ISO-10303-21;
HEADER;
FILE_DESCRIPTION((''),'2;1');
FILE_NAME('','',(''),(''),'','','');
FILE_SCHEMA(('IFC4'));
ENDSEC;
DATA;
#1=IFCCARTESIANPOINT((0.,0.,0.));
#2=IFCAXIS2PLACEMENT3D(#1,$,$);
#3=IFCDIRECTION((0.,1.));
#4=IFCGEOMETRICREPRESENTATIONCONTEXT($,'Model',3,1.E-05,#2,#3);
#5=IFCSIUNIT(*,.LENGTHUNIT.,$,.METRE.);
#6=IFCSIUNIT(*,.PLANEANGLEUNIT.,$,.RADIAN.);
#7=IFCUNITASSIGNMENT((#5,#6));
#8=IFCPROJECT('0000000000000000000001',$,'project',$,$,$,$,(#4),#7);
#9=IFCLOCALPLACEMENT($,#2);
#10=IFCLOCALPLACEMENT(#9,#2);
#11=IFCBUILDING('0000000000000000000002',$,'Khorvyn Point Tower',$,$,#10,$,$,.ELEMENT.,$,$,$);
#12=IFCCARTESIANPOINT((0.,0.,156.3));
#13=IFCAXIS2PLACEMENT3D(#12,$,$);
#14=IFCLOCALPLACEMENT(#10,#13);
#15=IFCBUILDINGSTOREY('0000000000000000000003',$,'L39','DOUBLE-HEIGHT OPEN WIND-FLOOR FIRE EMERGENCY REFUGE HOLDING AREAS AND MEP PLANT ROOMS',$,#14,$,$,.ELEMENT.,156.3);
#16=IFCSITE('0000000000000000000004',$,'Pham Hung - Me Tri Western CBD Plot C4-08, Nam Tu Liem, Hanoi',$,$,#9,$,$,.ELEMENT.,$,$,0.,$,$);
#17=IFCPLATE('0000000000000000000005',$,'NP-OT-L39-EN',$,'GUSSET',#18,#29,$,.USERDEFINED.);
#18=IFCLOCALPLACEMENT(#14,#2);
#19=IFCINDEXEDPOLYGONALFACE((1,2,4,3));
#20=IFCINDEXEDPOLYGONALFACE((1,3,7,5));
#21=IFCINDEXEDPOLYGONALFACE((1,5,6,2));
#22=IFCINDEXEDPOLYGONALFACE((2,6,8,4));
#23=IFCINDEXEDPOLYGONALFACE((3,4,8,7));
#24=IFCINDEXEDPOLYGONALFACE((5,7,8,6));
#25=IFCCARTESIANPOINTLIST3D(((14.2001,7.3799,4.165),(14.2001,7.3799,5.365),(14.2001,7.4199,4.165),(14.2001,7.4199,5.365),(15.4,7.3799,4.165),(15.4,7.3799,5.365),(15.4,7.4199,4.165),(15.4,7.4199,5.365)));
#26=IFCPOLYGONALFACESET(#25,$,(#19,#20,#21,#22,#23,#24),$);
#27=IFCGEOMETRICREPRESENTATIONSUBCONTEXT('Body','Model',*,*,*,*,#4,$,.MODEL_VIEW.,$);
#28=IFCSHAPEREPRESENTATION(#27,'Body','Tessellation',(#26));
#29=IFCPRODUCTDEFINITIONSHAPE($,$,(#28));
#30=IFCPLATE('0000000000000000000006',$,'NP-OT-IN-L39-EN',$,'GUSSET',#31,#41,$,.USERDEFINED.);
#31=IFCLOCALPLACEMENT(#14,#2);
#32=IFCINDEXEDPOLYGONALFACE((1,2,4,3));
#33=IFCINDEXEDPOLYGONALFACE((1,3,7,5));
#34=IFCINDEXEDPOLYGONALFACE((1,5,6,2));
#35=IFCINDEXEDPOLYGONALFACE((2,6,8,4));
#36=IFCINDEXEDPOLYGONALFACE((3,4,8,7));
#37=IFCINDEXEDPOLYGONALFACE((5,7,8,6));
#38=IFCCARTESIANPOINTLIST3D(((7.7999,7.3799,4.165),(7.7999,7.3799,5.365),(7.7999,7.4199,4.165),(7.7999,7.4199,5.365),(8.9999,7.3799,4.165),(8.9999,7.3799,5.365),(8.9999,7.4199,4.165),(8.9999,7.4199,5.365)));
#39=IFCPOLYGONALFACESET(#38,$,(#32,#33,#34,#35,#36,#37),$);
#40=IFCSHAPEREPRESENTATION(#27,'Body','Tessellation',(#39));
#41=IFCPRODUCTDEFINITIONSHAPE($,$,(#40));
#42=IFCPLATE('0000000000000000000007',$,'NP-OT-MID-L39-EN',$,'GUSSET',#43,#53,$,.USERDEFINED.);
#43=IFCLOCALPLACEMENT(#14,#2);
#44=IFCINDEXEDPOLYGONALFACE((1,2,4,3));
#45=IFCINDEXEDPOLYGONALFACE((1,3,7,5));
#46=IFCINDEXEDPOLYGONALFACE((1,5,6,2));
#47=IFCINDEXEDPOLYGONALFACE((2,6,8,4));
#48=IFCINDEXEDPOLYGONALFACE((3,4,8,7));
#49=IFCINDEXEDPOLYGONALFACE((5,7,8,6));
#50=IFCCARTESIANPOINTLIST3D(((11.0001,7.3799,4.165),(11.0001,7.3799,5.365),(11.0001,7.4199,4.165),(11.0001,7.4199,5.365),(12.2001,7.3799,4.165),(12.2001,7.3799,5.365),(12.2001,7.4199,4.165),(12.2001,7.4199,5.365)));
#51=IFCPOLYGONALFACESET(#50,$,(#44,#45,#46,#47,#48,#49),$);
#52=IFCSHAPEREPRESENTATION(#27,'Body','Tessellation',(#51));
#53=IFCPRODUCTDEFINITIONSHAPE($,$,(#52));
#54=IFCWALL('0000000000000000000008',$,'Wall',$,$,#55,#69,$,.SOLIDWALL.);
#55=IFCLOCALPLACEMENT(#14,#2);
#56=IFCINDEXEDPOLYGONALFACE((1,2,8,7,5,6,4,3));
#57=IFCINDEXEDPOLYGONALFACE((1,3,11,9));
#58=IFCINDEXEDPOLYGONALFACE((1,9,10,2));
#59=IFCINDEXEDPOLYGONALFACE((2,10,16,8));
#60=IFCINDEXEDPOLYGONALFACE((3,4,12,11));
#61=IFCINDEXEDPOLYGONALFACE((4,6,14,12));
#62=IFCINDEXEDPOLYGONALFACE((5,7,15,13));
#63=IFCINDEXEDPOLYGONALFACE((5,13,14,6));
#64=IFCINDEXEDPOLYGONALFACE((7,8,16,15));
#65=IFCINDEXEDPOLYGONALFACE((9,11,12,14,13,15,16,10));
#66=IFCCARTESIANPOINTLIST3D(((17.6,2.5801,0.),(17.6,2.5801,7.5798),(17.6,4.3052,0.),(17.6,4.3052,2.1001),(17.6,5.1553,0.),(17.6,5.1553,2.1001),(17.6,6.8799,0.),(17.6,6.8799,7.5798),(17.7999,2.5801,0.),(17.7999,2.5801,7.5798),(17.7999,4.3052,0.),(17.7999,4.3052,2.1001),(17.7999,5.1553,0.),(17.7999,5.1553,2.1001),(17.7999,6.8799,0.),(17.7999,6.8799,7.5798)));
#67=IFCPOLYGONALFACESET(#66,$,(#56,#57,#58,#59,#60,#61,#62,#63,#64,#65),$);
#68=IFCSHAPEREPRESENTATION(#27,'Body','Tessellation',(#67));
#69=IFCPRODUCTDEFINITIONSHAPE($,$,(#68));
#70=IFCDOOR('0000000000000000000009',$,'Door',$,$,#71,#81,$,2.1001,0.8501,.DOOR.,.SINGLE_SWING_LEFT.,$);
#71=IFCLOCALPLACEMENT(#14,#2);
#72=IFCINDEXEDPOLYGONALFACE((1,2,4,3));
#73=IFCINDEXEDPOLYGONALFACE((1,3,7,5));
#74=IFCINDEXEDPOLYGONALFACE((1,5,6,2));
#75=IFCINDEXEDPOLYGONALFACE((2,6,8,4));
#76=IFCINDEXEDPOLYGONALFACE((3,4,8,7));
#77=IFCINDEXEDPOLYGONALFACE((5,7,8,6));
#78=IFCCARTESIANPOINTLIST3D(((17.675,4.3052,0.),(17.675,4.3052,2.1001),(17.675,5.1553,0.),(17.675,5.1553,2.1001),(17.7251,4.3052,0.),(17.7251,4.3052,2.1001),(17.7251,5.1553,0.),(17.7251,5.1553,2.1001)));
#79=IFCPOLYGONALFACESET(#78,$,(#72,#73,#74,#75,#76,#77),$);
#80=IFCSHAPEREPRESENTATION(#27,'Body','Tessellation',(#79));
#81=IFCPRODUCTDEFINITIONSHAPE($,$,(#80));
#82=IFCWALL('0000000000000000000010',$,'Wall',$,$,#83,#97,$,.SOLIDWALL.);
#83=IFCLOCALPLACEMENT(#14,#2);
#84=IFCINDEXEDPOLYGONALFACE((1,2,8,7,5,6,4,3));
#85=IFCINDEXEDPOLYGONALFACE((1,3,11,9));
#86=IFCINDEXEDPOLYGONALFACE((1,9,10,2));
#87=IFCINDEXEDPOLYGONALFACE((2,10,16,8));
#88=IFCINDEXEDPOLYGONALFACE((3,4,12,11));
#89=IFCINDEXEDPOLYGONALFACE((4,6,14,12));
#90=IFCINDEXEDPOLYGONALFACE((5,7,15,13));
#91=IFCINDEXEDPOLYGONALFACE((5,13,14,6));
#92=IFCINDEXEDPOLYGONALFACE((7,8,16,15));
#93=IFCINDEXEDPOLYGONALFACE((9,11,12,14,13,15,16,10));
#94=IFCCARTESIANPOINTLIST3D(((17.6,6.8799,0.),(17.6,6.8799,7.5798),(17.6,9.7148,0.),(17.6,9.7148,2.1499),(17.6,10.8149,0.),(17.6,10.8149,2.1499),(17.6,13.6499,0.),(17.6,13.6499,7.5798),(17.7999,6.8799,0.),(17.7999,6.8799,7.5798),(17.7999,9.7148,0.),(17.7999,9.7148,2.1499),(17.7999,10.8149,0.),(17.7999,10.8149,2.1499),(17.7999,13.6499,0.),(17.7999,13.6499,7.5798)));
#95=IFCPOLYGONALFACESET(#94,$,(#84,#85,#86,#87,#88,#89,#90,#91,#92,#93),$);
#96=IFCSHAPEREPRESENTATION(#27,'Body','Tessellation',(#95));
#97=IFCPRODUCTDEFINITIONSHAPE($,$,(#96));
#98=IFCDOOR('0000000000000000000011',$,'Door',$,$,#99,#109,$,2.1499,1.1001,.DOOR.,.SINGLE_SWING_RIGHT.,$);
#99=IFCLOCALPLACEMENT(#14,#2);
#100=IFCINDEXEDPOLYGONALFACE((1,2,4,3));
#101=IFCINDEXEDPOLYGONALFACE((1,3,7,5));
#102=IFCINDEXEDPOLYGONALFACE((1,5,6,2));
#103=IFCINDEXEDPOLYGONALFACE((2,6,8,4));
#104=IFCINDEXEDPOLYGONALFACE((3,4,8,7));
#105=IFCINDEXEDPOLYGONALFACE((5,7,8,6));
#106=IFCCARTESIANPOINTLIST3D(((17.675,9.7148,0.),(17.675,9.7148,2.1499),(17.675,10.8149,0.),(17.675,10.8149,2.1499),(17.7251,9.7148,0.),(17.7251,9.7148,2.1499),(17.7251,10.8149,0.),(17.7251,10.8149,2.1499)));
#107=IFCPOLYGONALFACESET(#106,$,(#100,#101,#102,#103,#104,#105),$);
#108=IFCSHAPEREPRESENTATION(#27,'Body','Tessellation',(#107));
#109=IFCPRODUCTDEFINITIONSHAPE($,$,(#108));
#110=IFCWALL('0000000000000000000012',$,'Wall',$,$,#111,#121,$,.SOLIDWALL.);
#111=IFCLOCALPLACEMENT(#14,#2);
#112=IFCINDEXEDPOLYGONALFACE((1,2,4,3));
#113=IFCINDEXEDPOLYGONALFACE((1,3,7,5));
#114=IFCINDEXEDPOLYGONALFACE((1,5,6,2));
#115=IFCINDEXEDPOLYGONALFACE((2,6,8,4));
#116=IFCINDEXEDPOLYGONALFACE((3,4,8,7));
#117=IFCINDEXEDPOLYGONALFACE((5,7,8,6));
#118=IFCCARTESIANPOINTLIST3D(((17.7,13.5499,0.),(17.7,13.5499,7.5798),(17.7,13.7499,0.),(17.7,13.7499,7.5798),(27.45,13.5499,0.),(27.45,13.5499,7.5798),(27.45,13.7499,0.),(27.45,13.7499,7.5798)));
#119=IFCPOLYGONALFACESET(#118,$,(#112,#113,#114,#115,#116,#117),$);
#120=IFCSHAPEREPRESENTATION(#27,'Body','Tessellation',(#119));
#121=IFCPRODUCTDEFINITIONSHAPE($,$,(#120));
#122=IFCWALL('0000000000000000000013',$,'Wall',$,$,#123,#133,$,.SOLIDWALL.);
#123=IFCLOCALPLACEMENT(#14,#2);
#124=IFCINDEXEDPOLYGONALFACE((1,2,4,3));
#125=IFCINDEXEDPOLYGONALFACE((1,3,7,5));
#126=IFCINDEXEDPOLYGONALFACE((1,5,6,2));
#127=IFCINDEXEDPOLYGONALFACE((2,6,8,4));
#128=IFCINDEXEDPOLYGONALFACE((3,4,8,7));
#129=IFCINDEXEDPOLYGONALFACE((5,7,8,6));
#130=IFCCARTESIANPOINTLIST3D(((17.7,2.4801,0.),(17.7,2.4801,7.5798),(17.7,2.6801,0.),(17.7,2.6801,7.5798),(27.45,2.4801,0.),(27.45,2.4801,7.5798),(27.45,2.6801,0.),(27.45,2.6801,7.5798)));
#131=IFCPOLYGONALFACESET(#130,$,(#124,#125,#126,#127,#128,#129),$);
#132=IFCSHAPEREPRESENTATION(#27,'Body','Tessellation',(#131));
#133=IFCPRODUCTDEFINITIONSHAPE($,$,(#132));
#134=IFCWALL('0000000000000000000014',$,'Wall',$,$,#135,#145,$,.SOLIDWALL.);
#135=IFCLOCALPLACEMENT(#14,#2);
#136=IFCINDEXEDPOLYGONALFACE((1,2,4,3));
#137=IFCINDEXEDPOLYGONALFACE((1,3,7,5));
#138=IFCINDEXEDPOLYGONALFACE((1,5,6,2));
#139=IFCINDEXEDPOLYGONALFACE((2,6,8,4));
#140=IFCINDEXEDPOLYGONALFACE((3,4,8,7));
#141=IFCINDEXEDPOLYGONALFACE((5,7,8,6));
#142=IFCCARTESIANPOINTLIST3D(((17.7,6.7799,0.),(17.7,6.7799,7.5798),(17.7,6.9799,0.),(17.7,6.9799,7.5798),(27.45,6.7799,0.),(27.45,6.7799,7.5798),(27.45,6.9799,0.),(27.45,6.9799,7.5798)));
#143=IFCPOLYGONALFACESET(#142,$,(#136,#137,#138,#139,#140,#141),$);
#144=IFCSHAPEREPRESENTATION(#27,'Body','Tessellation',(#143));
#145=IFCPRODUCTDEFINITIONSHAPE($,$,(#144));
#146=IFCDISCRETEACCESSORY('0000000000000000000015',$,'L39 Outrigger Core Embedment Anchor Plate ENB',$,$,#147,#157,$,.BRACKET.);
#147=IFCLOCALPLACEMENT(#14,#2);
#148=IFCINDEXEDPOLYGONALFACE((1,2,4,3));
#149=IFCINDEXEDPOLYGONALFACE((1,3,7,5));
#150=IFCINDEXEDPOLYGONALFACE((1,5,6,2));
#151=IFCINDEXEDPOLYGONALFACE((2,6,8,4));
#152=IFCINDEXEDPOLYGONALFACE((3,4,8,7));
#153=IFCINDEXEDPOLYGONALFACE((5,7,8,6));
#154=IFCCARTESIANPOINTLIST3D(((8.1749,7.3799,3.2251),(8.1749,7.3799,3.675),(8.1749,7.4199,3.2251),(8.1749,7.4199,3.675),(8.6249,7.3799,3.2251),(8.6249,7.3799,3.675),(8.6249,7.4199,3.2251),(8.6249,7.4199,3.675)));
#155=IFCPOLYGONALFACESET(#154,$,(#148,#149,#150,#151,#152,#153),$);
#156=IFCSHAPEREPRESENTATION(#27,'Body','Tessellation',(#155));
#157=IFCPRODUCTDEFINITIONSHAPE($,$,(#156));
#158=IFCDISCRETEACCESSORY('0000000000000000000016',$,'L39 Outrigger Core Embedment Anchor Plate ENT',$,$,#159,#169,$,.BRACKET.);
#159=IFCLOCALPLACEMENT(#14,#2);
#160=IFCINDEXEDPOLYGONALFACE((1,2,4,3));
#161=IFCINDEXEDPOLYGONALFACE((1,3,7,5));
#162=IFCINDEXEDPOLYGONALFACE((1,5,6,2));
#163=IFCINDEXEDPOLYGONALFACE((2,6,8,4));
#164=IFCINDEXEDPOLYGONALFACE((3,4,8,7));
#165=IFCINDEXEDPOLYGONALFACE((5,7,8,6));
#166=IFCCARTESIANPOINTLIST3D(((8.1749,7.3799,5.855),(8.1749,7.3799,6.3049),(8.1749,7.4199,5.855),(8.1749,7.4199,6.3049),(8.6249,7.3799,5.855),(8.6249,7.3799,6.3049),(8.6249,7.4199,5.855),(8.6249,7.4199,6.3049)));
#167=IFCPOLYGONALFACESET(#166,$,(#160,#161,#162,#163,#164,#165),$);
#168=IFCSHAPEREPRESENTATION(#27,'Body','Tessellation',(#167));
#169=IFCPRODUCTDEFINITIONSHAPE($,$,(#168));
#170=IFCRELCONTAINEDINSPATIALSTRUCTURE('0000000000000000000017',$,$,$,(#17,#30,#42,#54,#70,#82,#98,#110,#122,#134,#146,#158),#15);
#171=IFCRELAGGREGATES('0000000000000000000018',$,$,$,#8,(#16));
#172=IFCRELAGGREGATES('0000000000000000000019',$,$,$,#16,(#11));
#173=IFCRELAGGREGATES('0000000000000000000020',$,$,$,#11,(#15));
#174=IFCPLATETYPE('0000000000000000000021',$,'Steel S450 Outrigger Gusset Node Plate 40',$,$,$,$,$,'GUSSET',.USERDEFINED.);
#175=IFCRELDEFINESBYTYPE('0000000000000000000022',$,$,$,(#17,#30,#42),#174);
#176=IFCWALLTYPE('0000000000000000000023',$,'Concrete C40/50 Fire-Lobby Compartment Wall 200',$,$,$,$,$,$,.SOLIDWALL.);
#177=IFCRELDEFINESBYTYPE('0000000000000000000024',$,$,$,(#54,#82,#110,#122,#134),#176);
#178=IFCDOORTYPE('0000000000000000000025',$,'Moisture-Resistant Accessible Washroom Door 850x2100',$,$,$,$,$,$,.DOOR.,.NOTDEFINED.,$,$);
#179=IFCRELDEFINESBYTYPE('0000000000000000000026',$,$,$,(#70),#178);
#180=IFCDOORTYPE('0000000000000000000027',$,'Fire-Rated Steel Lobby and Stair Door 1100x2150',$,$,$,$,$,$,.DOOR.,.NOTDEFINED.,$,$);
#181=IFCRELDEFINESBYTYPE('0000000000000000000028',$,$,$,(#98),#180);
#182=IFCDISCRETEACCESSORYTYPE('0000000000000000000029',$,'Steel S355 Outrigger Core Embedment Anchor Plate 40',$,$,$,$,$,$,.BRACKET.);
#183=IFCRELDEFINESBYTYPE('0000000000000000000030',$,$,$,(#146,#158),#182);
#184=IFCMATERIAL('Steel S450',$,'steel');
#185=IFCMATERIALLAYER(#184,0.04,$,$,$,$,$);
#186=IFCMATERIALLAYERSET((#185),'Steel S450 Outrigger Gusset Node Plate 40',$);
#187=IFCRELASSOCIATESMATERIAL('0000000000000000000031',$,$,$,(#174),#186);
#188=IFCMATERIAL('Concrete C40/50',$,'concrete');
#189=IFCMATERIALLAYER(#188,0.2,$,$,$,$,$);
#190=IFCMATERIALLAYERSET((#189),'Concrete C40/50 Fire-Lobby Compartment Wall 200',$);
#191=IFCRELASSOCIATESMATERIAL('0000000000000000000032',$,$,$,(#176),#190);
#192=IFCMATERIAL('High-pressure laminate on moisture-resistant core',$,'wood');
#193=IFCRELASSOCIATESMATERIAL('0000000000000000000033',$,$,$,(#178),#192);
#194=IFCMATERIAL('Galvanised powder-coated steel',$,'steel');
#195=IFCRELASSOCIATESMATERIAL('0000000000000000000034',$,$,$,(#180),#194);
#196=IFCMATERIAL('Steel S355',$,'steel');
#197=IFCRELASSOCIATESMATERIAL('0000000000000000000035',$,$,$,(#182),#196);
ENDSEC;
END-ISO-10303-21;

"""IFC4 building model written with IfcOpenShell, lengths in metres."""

from ifc_helpers import new_model, si_unit, direction, frame, frame_2d, origin, origin_2d, place, context, subcontext, project, spatial, rectangle, extrude, material, layer, layer_set, type_object, element, fill, save


model = new_model("IFC4")

# Units and contexts
model_context = context("Model", 3, precision=1e-05, world=origin(), true_north=direction((0.0, 1.0)))
body_context = subcontext(model_context, "Body", "Model", "MODEL_VIEW")
ifc_project = project(units=[si_unit("LENGTHUNIT", "METRE"), si_unit("PLANEANGLEUNIT", "RADIAN")], contexts=[model_context])

# Site, building, storey
site_placement = place(None, origin())
site = spatial("IfcSite", under=ifc_project, at=site_placement, Name="Pham Hung - Me Tri Western CBD Plot C4-08, Nam Tu Liem, Hanoi", CompositionType="ELEMENT", RefElevation=0.0)
building_placement = place(site_placement, origin())
building = spatial("IfcBuilding", under=site, at=building_placement, Name="Khorvyn Point Tower", CompositionType="ELEMENT")
storey_placement = place(building_placement, frame((0.0, 0.0, 156.3)))
storey = spatial("IfcBuildingStorey", under=building, at=storey_placement, Name="L39", Description="DOUBLE-HEIGHT OPEN WIND-FLOOR FIRE EMERGENCY REFUGE HOLDING AREAS AND MEP PLANT ROOMS", CompositionType="ELEMENT", Elevation=156.3)

# Shared definitions
ifc_material_1 = material(Name="Steel S450", Category="steel")

# Shared definitions
ifc_material_2 = material(Name="Steel S355", Category="steel")

# Plates
ifc_layer_1 = layer(ifc_material_1, 0.04)
ifc_layer_set_1 = layer_set([ifc_layer_1], Name="Steel S450 Outrigger Gusset Node Plate 40")
plate_type_1 = type_object("IfcPlateType", Name="Steel S450 Outrigger Gusset Node Plate 40", ElementType="GUSSET", PredefinedType="USERDEFINED", material=ifc_layer_set_1)
for number, where, z_axis, x_axis, name in (
    (1, (14.8, 7.3999, 4.165), (0.0, 0.0, 1.0), (1.0, 0.0, 0.0), "NP-OT-L39-EN"),
    (2, (8.3999, 7.3999, 4.165), (0.0, 0.0, 1.0), (1.0, 0.0, 0.0), "NP-OT-IN-L39-EN"),
    (3, (11.6001, 7.3999, 4.165), (0.0, 0.0, 1.0), (1.0, 0.0, 0.0), "NP-OT-MID-L39-EN"),
):
    element("IfcPlate", number, at=place(storey_placement, frame(where, z_axis=z_axis, x_axis=x_axis)), inside=storey, type_object=plate_type_1, Name=name, ObjectType="GUSSET", PredefinedType="USERDEFINED", context=body_context, shape_type="SweptSolid", body=[
        extrude(rectangle(XDim=1.2, YDim=0.04, at=origin_2d()), origin(), (0.0, 0.0, 1.0), 1.2),
    ])

# Walls, openings, doors
ifc_material_3 = material(Name="Concrete C40/50", Category="concrete")
ifc_layer_2 = layer(ifc_material_3, 0.2)
ifc_layer_set_2 = layer_set([ifc_layer_2], Name="Concrete C40/50 Fire-Lobby Compartment Wall 200")
wall_type = type_object("IfcWallType", Name="Concrete C40/50 Fire-Lobby Compartment Wall 200", PredefinedType="SOLIDWALL", material=ifc_layer_set_2)
wall_1_placement = place(storey_placement, frame((17.7, 2.5801, 0.0), z_axis=(0.0, 0.0, 1.0), x_axis=(0.0, 1.0, 0.0)))
wall_1 = element("IfcWall", 4, at=wall_1_placement, inside=storey, type_object=wall_type, Name="Wall", PredefinedType="SOLIDWALL", context=body_context, shape_type="SweptSolid", body=[
    extrude(rectangle(XDim=4.2998, YDim=0.2, at=frame_2d((2.1499, 0.0))), origin(), (0.0, 0.0, 1.0), 7.5798),
])
opening_1_placement = place(wall_1_placement, frame((1.7251, 0.0, 0.0)))
opening_1 = element("IfcOpeningElement", 5, at=opening_1_placement, cuts=wall_1, PredefinedType="OPENING", context=body_context, shape_type="SweptSolid", body=[
    extrude(rectangle(XDim=0.8501, YDim=2.1001, at=frame_2d((0.425, 1.05))), frame((0.0, 0.1099, 0.0), z_axis=(0.0, -1.0, 0.0), x_axis=(1.0, 0.0, 0.0)), (0.0, 0.0, 1.0), 0.22),
])
ifc_material_4 = material(Name="High-pressure laminate on moisture-resistant core", Category="wood")
door_type_1 = type_object("IfcDoorType", Name="Moisture-Resistant Accessible Washroom Door 850x2100", OperationType="NOTDEFINED", PredefinedType="DOOR", material=ifc_material_4)
door_1_placement = place(opening_1_placement, origin())
door_1 = element("IfcDoor", 6, at=door_1_placement, inside=storey, type_object=door_type_1, Name="Door", OperationType="SINGLE_SWING_LEFT", OverallHeight=2.1001, OverallWidth=0.8501, PredefinedType="DOOR", context=body_context, shape_type="SweptSolid", body=[
    extrude(rectangle(XDim=0.8501, YDim=2.1001, at=frame_2d((0.425, 1.05))), frame((0.0, 0.0249, 0.0), z_axis=(0.0, -1.0, 0.0), x_axis=(1.0, 0.0, 0.0)), (0.0, 0.0, 1.0), 0.05),
])
fill(opening_1, door_1)
wall_2_placement = place(storey_placement, frame((17.7, 6.8799, 0.0), z_axis=(0.0, 0.0, 1.0), x_axis=(0.0, 1.0, 0.0)))
wall_2 = element("IfcWall", 7, at=wall_2_placement, inside=storey, type_object=wall_type, Name="Wall", PredefinedType="SOLIDWALL", context=body_context, shape_type="SweptSolid", body=[
    extrude(rectangle(XDim=6.77, YDim=0.2, at=frame_2d((3.385, 0.0))), origin(), (0.0, 0.0, 1.0), 7.5798),
])
opening_2_placement = place(wall_2_placement, frame((2.835, 0.0, 0.0)))
opening_2 = element("IfcOpeningElement", 8, at=opening_2_placement, cuts=wall_2, PredefinedType="OPENING", context=body_context, shape_type="SweptSolid", body=[
    extrude(rectangle(XDim=1.1001, YDim=2.1499, at=frame_2d((0.55, 1.075))), frame((0.0, 0.1099, 0.0), z_axis=(0.0, -1.0, 0.0), x_axis=(1.0, 0.0, 0.0)), (0.0, 0.0, 1.0), 0.22),
])
ifc_material_5 = material(Name="Galvanised powder-coated steel", Category="steel")
door_type_2 = type_object("IfcDoorType", Name="Fire-Rated Steel Lobby and Stair Door 1100x2150", OperationType="NOTDEFINED", PredefinedType="DOOR", material=ifc_material_5)
door_2_placement = place(opening_2_placement, origin())
door_2 = element("IfcDoor", 9, at=door_2_placement, inside=storey, type_object=door_type_2, Name="Door", OperationType="SINGLE_SWING_RIGHT", OverallHeight=2.1499, OverallWidth=1.1001, PredefinedType="DOOR", context=body_context, shape_type="SweptSolid", body=[
    extrude(rectangle(XDim=1.1001, YDim=2.1499, at=frame_2d((0.55, 1.075))), frame((0.0, 0.0249, 0.0), z_axis=(0.0, -1.0, 0.0), x_axis=(1.0, 0.0, 0.0)), (0.0, 0.0, 1.0), 0.05),
])
fill(opening_2, door_2)

# Walls
for number, where, z_axis, x_axis, name in (
    (10, (17.7, 13.6499, 0.0), (0.0, 0.0, 1.0), (1.0, 0.0, 0.0), "Wall"),
    (11, (17.7, 2.5801, 0.0), (0.0, 0.0, 1.0), (1.0, 0.0, 0.0), "Wall"),
    (12, (17.7, 6.8799, 0.0), (0.0, 0.0, 1.0), (1.0, 0.0, 0.0), "Wall"),
):
    element("IfcWall", number, at=place(storey_placement, frame(where, z_axis=z_axis, x_axis=x_axis)), inside=storey, type_object=wall_type, Name=name, PredefinedType="SOLIDWALL", context=body_context, shape_type="SweptSolid", body=[
        extrude(rectangle(XDim=9.75, YDim=0.2, at=frame_2d((4.875, 0.0))), origin(), (0.0, 0.0, 1.0), 7.5798),
    ])

# Discrete accessories
discrete_accessory_type = type_object("IfcDiscreteAccessoryType", Name="Steel S355 Outrigger Core Embedment Anchor Plate 40", PredefinedType="BRACKET", material=ifc_material_2)
for number, where, z_axis, x_axis, name in (
    (13, (8.3999, 7.3999, 3.2251), (0.0, 0.0, 1.0), (1.0, 0.0, 0.0), "L39 Outrigger Core Embedment Anchor Plate ENB"),
    (14, (8.3999, 7.3999, 5.855), (0.0, 0.0, 1.0), (1.0, 0.0, 0.0), "L39 Outrigger Core Embedment Anchor Plate ENT"),
):
    element("IfcDiscreteAccessory", number, at=place(storey_placement, frame(where, z_axis=z_axis, x_axis=x_axis)), inside=storey, type_object=discrete_accessory_type, Name=name, PredefinedType="BRACKET", context=body_context, shape_type="SweptSolid", body=[
        extrude(rectangle(XDim=0.45, YDim=0.04, at=origin_2d()), origin(), (0.0, 0.0, 1.0), 0.45),
    ])

save(model, "model.ifc")
